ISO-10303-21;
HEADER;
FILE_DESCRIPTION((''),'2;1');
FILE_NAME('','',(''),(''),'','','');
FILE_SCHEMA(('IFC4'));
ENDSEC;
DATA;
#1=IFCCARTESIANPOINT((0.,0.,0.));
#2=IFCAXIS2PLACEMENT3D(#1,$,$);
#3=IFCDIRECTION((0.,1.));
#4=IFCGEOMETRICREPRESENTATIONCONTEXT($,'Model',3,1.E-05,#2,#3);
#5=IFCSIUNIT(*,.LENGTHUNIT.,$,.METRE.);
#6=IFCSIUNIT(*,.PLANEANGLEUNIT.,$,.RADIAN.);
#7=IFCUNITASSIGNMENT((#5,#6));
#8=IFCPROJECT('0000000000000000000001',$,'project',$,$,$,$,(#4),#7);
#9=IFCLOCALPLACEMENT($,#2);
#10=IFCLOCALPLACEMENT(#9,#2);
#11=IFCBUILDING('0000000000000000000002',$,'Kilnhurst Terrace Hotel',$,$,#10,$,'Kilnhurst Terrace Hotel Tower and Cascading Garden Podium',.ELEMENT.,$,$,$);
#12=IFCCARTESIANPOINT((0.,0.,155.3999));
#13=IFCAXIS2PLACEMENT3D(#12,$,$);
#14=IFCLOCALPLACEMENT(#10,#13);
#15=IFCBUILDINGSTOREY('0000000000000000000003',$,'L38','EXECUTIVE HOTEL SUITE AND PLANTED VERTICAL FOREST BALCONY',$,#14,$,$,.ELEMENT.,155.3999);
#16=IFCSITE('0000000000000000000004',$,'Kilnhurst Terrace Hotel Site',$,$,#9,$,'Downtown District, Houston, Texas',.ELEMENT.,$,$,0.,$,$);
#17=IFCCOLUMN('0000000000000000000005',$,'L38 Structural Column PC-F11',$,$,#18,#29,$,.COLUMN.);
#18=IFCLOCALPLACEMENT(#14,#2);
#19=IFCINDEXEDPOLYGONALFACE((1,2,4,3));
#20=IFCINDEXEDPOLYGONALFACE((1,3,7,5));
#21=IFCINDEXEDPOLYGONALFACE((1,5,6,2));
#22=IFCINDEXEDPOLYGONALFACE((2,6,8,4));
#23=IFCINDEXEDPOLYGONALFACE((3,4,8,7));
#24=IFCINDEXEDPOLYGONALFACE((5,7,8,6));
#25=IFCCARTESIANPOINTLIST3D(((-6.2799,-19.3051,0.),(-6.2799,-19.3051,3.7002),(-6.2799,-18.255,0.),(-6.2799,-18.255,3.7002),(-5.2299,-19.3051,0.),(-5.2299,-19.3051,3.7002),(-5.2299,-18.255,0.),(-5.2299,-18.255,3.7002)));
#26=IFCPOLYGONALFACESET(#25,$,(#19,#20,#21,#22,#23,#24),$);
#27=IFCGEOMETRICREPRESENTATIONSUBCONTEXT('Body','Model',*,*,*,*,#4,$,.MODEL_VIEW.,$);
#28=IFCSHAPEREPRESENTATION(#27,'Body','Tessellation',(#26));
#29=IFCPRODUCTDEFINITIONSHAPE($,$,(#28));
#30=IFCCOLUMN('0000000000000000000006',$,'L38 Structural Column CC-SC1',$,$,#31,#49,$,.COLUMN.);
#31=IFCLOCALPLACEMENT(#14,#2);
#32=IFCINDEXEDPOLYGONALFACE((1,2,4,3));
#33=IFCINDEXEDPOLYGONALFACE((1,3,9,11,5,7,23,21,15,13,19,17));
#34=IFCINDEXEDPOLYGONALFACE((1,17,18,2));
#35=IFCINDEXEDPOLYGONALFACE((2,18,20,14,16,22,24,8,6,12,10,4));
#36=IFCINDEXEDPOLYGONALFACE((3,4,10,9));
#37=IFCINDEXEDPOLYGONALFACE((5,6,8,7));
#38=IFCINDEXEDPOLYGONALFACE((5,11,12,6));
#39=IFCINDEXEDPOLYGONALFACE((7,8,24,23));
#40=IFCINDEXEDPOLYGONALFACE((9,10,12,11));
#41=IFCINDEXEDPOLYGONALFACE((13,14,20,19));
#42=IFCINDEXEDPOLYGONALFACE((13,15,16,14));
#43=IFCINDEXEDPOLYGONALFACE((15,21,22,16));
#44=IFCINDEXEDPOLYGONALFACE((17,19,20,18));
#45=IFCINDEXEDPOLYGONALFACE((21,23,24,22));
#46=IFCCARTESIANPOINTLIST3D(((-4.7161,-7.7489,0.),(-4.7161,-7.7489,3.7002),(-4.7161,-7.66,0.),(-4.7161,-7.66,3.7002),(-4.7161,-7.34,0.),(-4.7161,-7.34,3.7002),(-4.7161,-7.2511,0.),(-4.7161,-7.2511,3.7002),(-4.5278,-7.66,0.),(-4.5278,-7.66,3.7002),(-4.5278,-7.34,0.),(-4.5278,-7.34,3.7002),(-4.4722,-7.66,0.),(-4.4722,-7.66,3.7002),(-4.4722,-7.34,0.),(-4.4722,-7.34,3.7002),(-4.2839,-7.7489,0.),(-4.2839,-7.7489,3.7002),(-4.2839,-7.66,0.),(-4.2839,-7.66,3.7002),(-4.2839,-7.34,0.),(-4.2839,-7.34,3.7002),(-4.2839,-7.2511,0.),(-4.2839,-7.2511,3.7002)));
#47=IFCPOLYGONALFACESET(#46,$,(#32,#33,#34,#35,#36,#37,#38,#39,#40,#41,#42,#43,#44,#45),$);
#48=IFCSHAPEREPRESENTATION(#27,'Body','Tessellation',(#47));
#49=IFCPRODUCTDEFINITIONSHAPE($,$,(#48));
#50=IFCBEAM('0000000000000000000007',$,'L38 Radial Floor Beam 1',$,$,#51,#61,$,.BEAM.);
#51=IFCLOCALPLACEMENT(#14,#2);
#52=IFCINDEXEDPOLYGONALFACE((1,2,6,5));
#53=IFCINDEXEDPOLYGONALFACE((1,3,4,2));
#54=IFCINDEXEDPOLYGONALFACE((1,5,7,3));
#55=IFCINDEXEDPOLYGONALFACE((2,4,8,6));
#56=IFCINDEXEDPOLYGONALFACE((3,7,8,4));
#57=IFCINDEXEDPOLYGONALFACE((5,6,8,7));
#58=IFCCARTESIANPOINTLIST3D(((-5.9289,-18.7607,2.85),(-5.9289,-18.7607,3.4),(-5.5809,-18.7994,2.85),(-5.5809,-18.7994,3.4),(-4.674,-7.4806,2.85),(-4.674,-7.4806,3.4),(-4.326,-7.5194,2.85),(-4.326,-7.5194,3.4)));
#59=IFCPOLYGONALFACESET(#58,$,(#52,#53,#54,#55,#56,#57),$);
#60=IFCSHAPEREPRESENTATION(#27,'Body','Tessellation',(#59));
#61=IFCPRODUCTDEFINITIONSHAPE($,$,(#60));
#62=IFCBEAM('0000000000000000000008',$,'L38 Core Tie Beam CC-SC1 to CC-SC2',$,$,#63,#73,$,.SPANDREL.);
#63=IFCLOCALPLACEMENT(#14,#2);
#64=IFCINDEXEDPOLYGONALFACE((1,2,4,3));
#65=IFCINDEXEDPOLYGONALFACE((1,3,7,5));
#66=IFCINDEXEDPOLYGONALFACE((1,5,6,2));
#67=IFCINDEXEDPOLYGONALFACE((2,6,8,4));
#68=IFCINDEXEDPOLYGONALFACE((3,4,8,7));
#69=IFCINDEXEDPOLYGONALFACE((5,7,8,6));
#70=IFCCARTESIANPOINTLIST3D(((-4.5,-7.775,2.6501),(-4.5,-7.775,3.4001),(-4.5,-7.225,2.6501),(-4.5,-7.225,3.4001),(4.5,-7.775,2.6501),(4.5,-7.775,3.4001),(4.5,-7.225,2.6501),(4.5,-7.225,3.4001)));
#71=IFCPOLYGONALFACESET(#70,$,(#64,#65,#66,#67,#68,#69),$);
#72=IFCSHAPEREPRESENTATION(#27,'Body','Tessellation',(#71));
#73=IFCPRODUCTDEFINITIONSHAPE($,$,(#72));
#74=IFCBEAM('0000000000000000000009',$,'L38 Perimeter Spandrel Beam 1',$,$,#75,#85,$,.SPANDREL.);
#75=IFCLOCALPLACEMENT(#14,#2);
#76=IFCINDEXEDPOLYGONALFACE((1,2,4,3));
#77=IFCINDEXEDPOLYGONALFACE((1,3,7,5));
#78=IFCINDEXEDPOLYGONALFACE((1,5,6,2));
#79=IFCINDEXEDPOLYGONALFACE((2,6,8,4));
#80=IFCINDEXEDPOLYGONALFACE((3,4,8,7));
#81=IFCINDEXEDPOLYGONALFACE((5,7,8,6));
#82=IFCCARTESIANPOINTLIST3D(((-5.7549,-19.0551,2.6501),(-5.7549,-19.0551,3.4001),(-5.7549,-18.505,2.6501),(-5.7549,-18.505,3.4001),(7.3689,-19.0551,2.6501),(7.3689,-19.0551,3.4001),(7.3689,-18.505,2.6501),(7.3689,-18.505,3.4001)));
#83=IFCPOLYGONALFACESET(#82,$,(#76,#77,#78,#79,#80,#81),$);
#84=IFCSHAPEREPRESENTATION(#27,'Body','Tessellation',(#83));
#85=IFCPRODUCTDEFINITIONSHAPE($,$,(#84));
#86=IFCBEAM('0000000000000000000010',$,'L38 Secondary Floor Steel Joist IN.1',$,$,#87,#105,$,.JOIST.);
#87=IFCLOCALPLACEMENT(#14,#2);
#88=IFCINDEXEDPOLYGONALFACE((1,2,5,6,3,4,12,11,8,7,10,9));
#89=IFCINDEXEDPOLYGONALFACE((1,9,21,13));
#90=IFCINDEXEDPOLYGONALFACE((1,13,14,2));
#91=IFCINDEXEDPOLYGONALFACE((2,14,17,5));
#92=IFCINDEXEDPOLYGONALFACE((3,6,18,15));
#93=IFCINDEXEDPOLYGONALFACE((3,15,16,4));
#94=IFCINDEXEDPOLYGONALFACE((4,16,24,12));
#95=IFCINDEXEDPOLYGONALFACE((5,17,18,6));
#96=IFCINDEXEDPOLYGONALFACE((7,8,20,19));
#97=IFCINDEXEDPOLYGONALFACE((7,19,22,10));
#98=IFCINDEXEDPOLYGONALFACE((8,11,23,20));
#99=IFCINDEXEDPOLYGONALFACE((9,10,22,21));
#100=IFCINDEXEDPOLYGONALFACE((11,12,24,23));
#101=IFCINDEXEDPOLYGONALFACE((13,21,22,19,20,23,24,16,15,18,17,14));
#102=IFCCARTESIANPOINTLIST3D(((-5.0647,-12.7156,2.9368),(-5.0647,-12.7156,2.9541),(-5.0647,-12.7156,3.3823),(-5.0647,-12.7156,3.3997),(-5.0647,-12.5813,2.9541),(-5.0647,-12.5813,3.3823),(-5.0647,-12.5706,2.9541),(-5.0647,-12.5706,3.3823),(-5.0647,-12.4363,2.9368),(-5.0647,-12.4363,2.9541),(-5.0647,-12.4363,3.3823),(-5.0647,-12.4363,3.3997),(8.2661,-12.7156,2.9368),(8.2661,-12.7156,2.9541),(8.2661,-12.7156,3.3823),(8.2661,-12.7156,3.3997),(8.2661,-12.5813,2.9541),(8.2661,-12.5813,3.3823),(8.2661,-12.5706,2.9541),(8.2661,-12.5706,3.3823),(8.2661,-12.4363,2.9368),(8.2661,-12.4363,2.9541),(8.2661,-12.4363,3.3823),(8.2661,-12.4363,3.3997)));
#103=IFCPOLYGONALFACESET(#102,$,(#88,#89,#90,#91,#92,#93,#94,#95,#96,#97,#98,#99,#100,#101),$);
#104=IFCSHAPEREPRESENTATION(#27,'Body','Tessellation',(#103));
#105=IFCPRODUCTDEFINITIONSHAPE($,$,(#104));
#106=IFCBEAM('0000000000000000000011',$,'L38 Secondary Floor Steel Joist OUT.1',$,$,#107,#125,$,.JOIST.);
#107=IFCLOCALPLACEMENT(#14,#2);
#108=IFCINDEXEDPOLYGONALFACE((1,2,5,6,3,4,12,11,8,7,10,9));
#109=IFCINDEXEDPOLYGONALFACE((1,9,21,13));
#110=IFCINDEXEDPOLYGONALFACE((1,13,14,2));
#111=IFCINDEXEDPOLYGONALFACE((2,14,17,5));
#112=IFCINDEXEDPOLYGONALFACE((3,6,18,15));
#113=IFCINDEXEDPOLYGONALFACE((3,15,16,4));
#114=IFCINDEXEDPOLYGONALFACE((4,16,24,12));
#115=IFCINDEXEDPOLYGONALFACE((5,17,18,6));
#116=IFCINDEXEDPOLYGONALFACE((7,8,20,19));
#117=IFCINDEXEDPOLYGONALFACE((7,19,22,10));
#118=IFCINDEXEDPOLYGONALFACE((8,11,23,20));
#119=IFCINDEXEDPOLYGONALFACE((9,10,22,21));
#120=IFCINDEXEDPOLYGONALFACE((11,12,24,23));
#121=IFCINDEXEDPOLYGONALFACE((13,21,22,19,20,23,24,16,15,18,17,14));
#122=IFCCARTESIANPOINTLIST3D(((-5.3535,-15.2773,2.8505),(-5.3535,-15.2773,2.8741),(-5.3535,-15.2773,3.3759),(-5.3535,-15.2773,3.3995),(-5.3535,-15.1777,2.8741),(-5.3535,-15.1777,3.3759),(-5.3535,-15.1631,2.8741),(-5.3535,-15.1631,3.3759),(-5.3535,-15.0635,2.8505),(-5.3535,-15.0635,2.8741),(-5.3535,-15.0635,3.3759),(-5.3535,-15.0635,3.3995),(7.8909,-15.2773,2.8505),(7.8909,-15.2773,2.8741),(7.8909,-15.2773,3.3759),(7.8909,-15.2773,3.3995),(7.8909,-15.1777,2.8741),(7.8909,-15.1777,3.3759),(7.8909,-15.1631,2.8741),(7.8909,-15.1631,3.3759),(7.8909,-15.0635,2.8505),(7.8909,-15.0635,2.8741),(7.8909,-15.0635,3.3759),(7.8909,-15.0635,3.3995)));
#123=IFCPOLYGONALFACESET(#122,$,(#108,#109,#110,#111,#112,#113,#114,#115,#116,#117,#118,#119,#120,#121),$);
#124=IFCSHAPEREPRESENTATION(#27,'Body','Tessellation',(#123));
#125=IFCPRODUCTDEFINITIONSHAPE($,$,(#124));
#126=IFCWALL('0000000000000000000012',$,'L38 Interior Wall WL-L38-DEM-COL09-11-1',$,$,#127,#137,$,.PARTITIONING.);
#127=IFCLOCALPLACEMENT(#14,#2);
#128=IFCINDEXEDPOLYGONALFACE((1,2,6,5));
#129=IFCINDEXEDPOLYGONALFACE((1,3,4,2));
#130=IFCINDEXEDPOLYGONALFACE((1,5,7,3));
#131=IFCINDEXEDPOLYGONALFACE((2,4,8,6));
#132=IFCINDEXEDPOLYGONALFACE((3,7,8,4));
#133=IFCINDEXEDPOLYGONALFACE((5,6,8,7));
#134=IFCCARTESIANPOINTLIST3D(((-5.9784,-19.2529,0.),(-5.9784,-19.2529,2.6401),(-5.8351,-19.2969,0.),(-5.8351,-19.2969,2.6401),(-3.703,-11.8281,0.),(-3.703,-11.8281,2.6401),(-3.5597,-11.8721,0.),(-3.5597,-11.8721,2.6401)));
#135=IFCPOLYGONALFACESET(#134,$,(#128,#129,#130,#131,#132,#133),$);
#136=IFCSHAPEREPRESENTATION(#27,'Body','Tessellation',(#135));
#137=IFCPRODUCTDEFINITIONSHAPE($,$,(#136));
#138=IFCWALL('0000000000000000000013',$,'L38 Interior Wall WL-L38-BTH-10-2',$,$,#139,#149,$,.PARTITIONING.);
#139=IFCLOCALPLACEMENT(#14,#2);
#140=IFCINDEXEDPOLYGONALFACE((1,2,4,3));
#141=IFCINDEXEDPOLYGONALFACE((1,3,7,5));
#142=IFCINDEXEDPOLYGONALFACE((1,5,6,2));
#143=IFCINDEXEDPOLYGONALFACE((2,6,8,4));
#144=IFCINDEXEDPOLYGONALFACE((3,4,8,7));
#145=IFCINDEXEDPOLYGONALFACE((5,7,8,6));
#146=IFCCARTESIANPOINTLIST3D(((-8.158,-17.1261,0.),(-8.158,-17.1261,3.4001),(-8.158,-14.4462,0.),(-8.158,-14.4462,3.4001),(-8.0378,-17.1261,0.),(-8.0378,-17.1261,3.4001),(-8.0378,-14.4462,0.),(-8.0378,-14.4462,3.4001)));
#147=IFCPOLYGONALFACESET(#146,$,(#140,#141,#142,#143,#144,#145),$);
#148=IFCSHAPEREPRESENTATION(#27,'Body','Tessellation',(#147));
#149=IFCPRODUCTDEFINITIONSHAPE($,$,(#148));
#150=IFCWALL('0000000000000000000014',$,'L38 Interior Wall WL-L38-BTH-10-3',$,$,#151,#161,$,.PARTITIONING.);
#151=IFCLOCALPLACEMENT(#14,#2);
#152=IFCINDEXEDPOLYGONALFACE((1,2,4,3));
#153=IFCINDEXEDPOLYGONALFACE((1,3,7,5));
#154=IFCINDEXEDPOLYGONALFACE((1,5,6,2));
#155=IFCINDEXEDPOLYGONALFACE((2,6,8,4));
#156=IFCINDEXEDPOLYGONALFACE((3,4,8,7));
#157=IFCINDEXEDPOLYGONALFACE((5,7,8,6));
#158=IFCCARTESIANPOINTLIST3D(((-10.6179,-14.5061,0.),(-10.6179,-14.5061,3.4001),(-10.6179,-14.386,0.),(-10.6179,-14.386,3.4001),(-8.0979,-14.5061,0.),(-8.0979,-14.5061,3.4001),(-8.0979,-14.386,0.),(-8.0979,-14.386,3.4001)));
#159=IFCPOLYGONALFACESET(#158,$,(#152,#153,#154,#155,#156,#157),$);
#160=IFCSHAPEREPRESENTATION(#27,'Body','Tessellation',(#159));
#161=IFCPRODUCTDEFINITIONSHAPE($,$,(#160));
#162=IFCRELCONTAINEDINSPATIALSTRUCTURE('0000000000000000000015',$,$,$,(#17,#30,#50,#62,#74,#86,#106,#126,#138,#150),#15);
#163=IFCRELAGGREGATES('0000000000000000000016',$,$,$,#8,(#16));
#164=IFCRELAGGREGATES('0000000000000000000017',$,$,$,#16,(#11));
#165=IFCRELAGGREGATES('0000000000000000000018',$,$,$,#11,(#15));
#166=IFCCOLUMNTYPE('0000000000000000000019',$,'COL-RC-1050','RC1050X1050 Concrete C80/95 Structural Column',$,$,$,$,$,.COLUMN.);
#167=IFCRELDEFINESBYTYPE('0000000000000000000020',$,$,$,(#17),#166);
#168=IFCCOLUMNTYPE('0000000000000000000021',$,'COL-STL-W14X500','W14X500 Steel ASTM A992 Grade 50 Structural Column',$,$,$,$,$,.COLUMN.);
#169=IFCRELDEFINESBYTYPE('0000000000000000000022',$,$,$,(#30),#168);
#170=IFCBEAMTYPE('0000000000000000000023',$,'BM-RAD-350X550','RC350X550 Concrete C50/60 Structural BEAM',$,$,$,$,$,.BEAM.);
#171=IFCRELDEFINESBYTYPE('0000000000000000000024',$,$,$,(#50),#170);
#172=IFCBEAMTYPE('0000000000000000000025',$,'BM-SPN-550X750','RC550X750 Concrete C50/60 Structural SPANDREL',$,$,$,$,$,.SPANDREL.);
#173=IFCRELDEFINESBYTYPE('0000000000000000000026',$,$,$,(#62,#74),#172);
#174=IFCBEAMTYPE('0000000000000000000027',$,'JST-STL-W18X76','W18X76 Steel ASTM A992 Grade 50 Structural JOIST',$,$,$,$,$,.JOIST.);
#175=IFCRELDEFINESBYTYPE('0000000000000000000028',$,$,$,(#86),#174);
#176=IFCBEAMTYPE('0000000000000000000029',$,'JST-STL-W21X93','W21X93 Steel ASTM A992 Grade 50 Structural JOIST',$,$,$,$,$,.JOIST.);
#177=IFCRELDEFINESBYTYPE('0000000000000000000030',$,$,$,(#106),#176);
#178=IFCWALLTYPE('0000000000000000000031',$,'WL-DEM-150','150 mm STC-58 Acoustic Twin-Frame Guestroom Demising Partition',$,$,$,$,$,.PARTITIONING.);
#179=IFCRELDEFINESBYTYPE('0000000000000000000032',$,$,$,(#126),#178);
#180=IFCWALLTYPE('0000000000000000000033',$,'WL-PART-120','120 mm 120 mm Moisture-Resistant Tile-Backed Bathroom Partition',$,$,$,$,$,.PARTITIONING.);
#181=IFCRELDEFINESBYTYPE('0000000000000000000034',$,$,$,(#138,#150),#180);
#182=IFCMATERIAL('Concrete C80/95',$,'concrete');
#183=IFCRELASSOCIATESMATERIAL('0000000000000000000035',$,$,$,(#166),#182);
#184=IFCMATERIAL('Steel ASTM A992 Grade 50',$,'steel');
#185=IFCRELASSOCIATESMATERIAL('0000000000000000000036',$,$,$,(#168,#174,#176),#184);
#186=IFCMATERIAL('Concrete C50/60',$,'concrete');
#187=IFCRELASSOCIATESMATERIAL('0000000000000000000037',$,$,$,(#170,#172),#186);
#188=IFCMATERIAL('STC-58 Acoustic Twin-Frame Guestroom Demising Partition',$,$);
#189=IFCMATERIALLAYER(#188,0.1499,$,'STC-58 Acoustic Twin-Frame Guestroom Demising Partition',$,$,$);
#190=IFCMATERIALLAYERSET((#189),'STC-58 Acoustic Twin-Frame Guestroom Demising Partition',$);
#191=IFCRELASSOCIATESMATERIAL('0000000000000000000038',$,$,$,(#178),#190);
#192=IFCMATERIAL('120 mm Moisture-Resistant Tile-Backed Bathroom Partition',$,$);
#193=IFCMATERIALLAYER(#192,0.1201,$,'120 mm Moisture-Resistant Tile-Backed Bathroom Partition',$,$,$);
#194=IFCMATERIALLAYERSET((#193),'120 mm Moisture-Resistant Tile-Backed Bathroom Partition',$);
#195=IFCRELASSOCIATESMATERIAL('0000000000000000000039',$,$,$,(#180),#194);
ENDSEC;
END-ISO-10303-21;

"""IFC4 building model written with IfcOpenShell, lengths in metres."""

from ifc_helpers import new_model, si_unit, direction, frame, frame_2d, origin, origin_2d, place, context, subcontext, project, spatial, rectangle, i_section, extrude, material, layer, layer_set, material_profile, profile_set, type_object, element, save


model = new_model("IFC4")

# Units and contexts
model_context = context("Model", 3, precision=1e-05, world=origin(), true_north=direction((0.0, 1.0)))
body_context = subcontext(model_context, "Body", "Model", "MODEL_VIEW")
ifc_project = project(units=[si_unit("LENGTHUNIT", "METRE"), si_unit("PLANEANGLEUNIT", "RADIAN")], contexts=[model_context])

# Site, building, storey
site_placement = place(None, origin())
site = spatial("IfcSite", under=ifc_project, at=site_placement, Name="Kilnhurst Terrace Hotel Site", LongName="Downtown District, Houston, Texas", CompositionType="ELEMENT", RefElevation=0.0)
building_placement = place(site_placement, origin())
building = spatial("IfcBuilding", under=site, at=building_placement, Name="Kilnhurst Terrace Hotel", LongName="Kilnhurst Terrace Hotel Tower and Cascading Garden Podium", CompositionType="ELEMENT")
storey_placement = place(building_placement, frame((0.0, 0.0, 155.3999)))
storey = spatial("IfcBuildingStorey", under=building, at=storey_placement, Name="L38", Description="EXECUTIVE HOTEL SUITE AND PLANTED VERTICAL FOREST BALCONY", CompositionType="ELEMENT", Elevation=155.3999)

# Columns
ifc_material_1 = material(Name="Concrete C80/95", Category="concrete")
ifc_material_profile_1 = material_profile(ifc_material_1, rectangle(XDim=1.05, YDim=1.05, at=origin_2d()), Name="RC1050X1050")
ifc_profile_set_1 = profile_set([ifc_material_profile_1], Name="Concrete C80/95")
column_type_1 = type_object("IfcColumnType", Name="COL-RC-1050", Description="RC1050X1050 Concrete C80/95 Structural Column", PredefinedType="COLUMN", material=ifc_profile_set_1)
column_1_placement = place(storey_placement, frame((-5.7549, -18.78, 0.0), z_axis=(0.0, 0.0, 1.0), x_axis=(1.0, 0.0, 0.0)))
element("IfcColumn", 1, at=column_1_placement, inside=storey, type_object=column_type_1, Name="L38 Structural Column PC-F11", PredefinedType="COLUMN", context=body_context, shape_type="SweptSolid", body=[
    extrude(rectangle(XDim=1.05, YDim=1.05, at=origin_2d()), origin(), (0.0, 0.0, 1.0), 3.7002),
])
ifc_material_2 = material(Name="Steel ASTM A992 Grade 50", Category="steel")
ifc_material_profile_2 = material_profile(ifc_material_2, i_section(OverallWidth=0.4321, OverallDepth=0.4978, WebThickness=0.0557, FlangeThickness=0.0889, at=origin_2d()), Name="W14X500")
ifc_profile_set_2 = profile_set([ifc_material_profile_2], Name="Steel ASTM A992 Grade 50")
column_type_2 = type_object("IfcColumnType", Name="COL-STL-W14X500", Description="W14X500 Steel ASTM A992 Grade 50 Structural Column", PredefinedType="COLUMN", material=ifc_profile_set_2)
column_2_placement = place(storey_placement, frame((-4.5, -7.5, 0.0), z_axis=(0.0, 0.0, 1.0), x_axis=(1.0, 0.0, 0.0)))
element("IfcColumn", 2, at=column_2_placement, inside=storey, type_object=column_type_2, Name="L38 Structural Column CC-SC1", PredefinedType="COLUMN", context=body_context, shape_type="SweptSolid", body=[
    extrude(i_section(OverallWidth=0.4321, OverallDepth=0.4978, WebThickness=0.0557, FlangeThickness=0.0889, at=origin_2d()), origin(), (0.0, 0.0, 1.0), 3.7002),
])

# Beams
ifc_material_3 = material(Name="Concrete C50/60", Category="concrete")
ifc_material_profile_3 = material_profile(ifc_material_3, rectangle(XDim=0.3501, YDim=0.55, at=origin_2d()), Name="RC350X550")
ifc_profile_set_3 = profile_set([ifc_material_profile_3], Name="Concrete C50/60")
beam_type_1 = type_object("IfcBeamType", Name="BM-RAD-350X550", Description="RC350X550 Concrete C50/60 Structural BEAM", PredefinedType="BEAM", material=ifc_profile_set_3)
beam_1_placement = place(storey_placement, frame((-4.5, -7.5, 3.125), z_axis=(-0.110566, -0.993869, 0.0), x_axis=(0.993869, -0.110566, 0.0)))
element("IfcBeam", 3, at=beam_1_placement, inside=storey, type_object=beam_type_1, Name="L38 Radial Floor Beam 1", PredefinedType="BEAM", context=body_context, shape_type="SweptSolid", body=[
    extrude(rectangle(XDim=0.3501, YDim=0.55, at=origin_2d()), origin(), (0.0, 0.0, 1.0), 11.3496),
])
ifc_material_profile_4 = material_profile(ifc_material_3, rectangle(XDim=0.55, YDim=0.75, at=origin_2d()), Name="RC550X750")
ifc_profile_set_4 = profile_set([ifc_material_profile_4], Name="Concrete C50/60")
beam_type_2 = type_object("IfcBeamType", Name="BM-SPN-550X750", Description="RC550X750 Concrete C50/60 Structural SPANDREL", PredefinedType="SPANDREL", material=ifc_profile_set_4)
beam_2_placement = place(storey_placement, frame((-4.5, -7.5, 3.0251), z_axis=(1.0, 0.0, 0.0), x_axis=(0.0, 1.0, 0.0)))
element("IfcBeam", 4, at=beam_2_placement, inside=storey, type_object=beam_type_2, Name="L38 Core Tie Beam CC-SC1 to CC-SC2", PredefinedType="SPANDREL", context=body_context, shape_type="SweptSolid", body=[
    extrude(rectangle(XDim=0.55, YDim=0.75, at=origin_2d()), origin(), (0.0, 0.0, 1.0), 9.0),
])
beam_3_placement = place(storey_placement, frame((-5.7549, -18.78, 3.0251), z_axis=(1.0, 0.0, 0.0), x_axis=(0.0, 1.0, 0.0)))
element("IfcBeam", 5, at=beam_3_placement, inside=storey, type_object=beam_type_2, Name="L38 Perimeter Spandrel Beam 1", PredefinedType="SPANDREL", context=body_context, shape_type="SweptSolid", body=[
    extrude(rectangle(XDim=0.55, YDim=0.75, at=origin_2d()), origin(), (0.0, 0.0, 1.0), 13.1238),
])
ifc_material_profile_5 = material_profile(ifc_material_2, i_section(OverallWidth=0.2793, OverallDepth=0.4629, WebThickness=0.0107, FlangeThickness=0.0173, at=origin_2d()), Name="W18X76")
ifc_profile_set_5 = profile_set([ifc_material_profile_5], Name="Steel ASTM A992 Grade 50")
beam_type_3 = type_object("IfcBeamType", Name="JST-STL-W18X76", Description="W18X76 Steel ASTM A992 Grade 50 Structural JOIST", PredefinedType="JOIST", material=ifc_profile_set_5)
beam_4_placement = place(storey_placement, frame((-5.0647, -12.5759, 3.1682), z_axis=(1.0, 0.0, 0.0), x_axis=(0.0, 1.0, 0.0)))
element("IfcBeam", 6, at=beam_4_placement, inside=storey, type_object=beam_type_3, Name="L38 Secondary Floor Steel Joist IN.1", PredefinedType="JOIST", context=body_context, shape_type="SweptSolid", body=[
    extrude(i_section(OverallWidth=0.2793, OverallDepth=0.4629, WebThickness=0.0107, FlangeThickness=0.0173, at=origin_2d()), origin(), (0.0, 0.0, 1.0), 13.3308),
])
ifc_material_profile_6 = material_profile(ifc_material_2, i_section(OverallWidth=0.2139, OverallDepth=0.5491, WebThickness=0.0146, FlangeThickness=0.0237, at=origin_2d()), Name="W21X93")
ifc_profile_set_6 = profile_set([ifc_material_profile_6], Name="Steel ASTM A992 Grade 50")
beam_type_4 = type_object("IfcBeamType", Name="JST-STL-W21X93", Description="W21X93 Steel ASTM A992 Grade 50 Structural JOIST", PredefinedType="JOIST", material=ifc_profile_set_6)
beam_5_placement = place(storey_placement, frame((-5.3535, -15.1704, 3.125), z_axis=(1.0, 0.0, 0.0), x_axis=(0.0, 1.0, 0.0)))
element("IfcBeam", 7, at=beam_5_placement, inside=storey, type_object=beam_type_4, Name="L38 Secondary Floor Steel Joist OUT.1", PredefinedType="JOIST", context=body_context, shape_type="SweptSolid", body=[
    extrude(i_section(OverallWidth=0.2139, OverallDepth=0.5491, WebThickness=0.0146, FlangeThickness=0.0237, at=origin_2d()), origin(), (0.0, 0.0, 1.0), 13.2444),
])

# Walls
ifc_material_4 = material(Name="STC-58 Acoustic Twin-Frame Guestroom Demising Partition")
ifc_layer_1 = layer(ifc_material_4, 0.1499, Name="STC-58 Acoustic Twin-Frame Guestroom Demising Partition")
ifc_layer_set_1 = layer_set([ifc_layer_1], Name="STC-58 Acoustic Twin-Frame Guestroom Demising Partition")
wall_type_1 = type_object("IfcWallType", Name="WL-DEM-150", Description="150 mm STC-58 Acoustic Twin-Frame Guestroom Demising Partition", PredefinedType="PARTITIONING", material=ifc_layer_set_1)
wall_1_placement = place(storey_placement, frame((-3.6313, -11.8501, 0.0), z_axis=(0.0, 0.0, 1.0), x_axis=(-0.293008, -0.95611, 0.0)))
element("IfcWall", 8, at=wall_1_placement, inside=storey, type_object=wall_type_1, Name="L38 Interior Wall WL-L38-DEM-COL09-11-1", PredefinedType="PARTITIONING", context=body_context, shape_type="SweptSolid", body=[
    extrude(rectangle(XDim=7.7656, YDim=0.1499, at=frame_2d((3.8828, 0.0))), origin(), (0.0, 0.0, 1.0), 2.6401),
])
ifc_material_5 = material(Name="120 mm Moisture-Resistant Tile-Backed Bathroom Partition")
ifc_layer_2 = layer(ifc_material_5, 0.1201, Name="120 mm Moisture-Resistant Tile-Backed Bathroom Partition")
ifc_layer_set_2 = layer_set([ifc_layer_2], Name="120 mm Moisture-Resistant Tile-Backed Bathroom Partition")
wall_type_2 = type_object("IfcWallType", Name="WL-PART-120", Description="120 mm 120 mm Moisture-Resistant Tile-Backed Bathroom Partition", PredefinedType="PARTITIONING", material=ifc_layer_set_2)
wall_2_placement = place(storey_placement, frame((-8.0979, -17.126, 0.0), z_axis=(0.0, 0.0, 1.0), x_axis=(0.0, 1.0, 0.0)))
element("IfcWall", 9, at=wall_2_placement, inside=storey, type_object=wall_type_2, Name="L38 Interior Wall WL-L38-BTH-10-2", PredefinedType="PARTITIONING", context=body_context, shape_type="SweptSolid", body=[
    extrude(rectangle(XDim=2.6799, YDim=0.1201, at=frame_2d((1.3398, 0.0))), origin(), (0.0, 0.0, 1.0), 3.4001),
])
wall_3_placement = place(storey_placement, frame((-8.0979, -14.446, 0.0), z_axis=(0.0, 0.0, 1.0), x_axis=(-1.0, 0.0, 0.0)))
element("IfcWall", 10, at=wall_3_placement, inside=storey, type_object=wall_type_2, Name="L38 Interior Wall WL-L38-BTH-10-3", PredefinedType="PARTITIONING", context=body_context, shape_type="SweptSolid", body=[
    extrude(rectangle(XDim=2.52, YDim=0.1201, at=frame_2d((1.26, 0.0))), origin(), (0.0, 0.0, 1.0), 3.4001),
])

save(model, "model.ifc")
